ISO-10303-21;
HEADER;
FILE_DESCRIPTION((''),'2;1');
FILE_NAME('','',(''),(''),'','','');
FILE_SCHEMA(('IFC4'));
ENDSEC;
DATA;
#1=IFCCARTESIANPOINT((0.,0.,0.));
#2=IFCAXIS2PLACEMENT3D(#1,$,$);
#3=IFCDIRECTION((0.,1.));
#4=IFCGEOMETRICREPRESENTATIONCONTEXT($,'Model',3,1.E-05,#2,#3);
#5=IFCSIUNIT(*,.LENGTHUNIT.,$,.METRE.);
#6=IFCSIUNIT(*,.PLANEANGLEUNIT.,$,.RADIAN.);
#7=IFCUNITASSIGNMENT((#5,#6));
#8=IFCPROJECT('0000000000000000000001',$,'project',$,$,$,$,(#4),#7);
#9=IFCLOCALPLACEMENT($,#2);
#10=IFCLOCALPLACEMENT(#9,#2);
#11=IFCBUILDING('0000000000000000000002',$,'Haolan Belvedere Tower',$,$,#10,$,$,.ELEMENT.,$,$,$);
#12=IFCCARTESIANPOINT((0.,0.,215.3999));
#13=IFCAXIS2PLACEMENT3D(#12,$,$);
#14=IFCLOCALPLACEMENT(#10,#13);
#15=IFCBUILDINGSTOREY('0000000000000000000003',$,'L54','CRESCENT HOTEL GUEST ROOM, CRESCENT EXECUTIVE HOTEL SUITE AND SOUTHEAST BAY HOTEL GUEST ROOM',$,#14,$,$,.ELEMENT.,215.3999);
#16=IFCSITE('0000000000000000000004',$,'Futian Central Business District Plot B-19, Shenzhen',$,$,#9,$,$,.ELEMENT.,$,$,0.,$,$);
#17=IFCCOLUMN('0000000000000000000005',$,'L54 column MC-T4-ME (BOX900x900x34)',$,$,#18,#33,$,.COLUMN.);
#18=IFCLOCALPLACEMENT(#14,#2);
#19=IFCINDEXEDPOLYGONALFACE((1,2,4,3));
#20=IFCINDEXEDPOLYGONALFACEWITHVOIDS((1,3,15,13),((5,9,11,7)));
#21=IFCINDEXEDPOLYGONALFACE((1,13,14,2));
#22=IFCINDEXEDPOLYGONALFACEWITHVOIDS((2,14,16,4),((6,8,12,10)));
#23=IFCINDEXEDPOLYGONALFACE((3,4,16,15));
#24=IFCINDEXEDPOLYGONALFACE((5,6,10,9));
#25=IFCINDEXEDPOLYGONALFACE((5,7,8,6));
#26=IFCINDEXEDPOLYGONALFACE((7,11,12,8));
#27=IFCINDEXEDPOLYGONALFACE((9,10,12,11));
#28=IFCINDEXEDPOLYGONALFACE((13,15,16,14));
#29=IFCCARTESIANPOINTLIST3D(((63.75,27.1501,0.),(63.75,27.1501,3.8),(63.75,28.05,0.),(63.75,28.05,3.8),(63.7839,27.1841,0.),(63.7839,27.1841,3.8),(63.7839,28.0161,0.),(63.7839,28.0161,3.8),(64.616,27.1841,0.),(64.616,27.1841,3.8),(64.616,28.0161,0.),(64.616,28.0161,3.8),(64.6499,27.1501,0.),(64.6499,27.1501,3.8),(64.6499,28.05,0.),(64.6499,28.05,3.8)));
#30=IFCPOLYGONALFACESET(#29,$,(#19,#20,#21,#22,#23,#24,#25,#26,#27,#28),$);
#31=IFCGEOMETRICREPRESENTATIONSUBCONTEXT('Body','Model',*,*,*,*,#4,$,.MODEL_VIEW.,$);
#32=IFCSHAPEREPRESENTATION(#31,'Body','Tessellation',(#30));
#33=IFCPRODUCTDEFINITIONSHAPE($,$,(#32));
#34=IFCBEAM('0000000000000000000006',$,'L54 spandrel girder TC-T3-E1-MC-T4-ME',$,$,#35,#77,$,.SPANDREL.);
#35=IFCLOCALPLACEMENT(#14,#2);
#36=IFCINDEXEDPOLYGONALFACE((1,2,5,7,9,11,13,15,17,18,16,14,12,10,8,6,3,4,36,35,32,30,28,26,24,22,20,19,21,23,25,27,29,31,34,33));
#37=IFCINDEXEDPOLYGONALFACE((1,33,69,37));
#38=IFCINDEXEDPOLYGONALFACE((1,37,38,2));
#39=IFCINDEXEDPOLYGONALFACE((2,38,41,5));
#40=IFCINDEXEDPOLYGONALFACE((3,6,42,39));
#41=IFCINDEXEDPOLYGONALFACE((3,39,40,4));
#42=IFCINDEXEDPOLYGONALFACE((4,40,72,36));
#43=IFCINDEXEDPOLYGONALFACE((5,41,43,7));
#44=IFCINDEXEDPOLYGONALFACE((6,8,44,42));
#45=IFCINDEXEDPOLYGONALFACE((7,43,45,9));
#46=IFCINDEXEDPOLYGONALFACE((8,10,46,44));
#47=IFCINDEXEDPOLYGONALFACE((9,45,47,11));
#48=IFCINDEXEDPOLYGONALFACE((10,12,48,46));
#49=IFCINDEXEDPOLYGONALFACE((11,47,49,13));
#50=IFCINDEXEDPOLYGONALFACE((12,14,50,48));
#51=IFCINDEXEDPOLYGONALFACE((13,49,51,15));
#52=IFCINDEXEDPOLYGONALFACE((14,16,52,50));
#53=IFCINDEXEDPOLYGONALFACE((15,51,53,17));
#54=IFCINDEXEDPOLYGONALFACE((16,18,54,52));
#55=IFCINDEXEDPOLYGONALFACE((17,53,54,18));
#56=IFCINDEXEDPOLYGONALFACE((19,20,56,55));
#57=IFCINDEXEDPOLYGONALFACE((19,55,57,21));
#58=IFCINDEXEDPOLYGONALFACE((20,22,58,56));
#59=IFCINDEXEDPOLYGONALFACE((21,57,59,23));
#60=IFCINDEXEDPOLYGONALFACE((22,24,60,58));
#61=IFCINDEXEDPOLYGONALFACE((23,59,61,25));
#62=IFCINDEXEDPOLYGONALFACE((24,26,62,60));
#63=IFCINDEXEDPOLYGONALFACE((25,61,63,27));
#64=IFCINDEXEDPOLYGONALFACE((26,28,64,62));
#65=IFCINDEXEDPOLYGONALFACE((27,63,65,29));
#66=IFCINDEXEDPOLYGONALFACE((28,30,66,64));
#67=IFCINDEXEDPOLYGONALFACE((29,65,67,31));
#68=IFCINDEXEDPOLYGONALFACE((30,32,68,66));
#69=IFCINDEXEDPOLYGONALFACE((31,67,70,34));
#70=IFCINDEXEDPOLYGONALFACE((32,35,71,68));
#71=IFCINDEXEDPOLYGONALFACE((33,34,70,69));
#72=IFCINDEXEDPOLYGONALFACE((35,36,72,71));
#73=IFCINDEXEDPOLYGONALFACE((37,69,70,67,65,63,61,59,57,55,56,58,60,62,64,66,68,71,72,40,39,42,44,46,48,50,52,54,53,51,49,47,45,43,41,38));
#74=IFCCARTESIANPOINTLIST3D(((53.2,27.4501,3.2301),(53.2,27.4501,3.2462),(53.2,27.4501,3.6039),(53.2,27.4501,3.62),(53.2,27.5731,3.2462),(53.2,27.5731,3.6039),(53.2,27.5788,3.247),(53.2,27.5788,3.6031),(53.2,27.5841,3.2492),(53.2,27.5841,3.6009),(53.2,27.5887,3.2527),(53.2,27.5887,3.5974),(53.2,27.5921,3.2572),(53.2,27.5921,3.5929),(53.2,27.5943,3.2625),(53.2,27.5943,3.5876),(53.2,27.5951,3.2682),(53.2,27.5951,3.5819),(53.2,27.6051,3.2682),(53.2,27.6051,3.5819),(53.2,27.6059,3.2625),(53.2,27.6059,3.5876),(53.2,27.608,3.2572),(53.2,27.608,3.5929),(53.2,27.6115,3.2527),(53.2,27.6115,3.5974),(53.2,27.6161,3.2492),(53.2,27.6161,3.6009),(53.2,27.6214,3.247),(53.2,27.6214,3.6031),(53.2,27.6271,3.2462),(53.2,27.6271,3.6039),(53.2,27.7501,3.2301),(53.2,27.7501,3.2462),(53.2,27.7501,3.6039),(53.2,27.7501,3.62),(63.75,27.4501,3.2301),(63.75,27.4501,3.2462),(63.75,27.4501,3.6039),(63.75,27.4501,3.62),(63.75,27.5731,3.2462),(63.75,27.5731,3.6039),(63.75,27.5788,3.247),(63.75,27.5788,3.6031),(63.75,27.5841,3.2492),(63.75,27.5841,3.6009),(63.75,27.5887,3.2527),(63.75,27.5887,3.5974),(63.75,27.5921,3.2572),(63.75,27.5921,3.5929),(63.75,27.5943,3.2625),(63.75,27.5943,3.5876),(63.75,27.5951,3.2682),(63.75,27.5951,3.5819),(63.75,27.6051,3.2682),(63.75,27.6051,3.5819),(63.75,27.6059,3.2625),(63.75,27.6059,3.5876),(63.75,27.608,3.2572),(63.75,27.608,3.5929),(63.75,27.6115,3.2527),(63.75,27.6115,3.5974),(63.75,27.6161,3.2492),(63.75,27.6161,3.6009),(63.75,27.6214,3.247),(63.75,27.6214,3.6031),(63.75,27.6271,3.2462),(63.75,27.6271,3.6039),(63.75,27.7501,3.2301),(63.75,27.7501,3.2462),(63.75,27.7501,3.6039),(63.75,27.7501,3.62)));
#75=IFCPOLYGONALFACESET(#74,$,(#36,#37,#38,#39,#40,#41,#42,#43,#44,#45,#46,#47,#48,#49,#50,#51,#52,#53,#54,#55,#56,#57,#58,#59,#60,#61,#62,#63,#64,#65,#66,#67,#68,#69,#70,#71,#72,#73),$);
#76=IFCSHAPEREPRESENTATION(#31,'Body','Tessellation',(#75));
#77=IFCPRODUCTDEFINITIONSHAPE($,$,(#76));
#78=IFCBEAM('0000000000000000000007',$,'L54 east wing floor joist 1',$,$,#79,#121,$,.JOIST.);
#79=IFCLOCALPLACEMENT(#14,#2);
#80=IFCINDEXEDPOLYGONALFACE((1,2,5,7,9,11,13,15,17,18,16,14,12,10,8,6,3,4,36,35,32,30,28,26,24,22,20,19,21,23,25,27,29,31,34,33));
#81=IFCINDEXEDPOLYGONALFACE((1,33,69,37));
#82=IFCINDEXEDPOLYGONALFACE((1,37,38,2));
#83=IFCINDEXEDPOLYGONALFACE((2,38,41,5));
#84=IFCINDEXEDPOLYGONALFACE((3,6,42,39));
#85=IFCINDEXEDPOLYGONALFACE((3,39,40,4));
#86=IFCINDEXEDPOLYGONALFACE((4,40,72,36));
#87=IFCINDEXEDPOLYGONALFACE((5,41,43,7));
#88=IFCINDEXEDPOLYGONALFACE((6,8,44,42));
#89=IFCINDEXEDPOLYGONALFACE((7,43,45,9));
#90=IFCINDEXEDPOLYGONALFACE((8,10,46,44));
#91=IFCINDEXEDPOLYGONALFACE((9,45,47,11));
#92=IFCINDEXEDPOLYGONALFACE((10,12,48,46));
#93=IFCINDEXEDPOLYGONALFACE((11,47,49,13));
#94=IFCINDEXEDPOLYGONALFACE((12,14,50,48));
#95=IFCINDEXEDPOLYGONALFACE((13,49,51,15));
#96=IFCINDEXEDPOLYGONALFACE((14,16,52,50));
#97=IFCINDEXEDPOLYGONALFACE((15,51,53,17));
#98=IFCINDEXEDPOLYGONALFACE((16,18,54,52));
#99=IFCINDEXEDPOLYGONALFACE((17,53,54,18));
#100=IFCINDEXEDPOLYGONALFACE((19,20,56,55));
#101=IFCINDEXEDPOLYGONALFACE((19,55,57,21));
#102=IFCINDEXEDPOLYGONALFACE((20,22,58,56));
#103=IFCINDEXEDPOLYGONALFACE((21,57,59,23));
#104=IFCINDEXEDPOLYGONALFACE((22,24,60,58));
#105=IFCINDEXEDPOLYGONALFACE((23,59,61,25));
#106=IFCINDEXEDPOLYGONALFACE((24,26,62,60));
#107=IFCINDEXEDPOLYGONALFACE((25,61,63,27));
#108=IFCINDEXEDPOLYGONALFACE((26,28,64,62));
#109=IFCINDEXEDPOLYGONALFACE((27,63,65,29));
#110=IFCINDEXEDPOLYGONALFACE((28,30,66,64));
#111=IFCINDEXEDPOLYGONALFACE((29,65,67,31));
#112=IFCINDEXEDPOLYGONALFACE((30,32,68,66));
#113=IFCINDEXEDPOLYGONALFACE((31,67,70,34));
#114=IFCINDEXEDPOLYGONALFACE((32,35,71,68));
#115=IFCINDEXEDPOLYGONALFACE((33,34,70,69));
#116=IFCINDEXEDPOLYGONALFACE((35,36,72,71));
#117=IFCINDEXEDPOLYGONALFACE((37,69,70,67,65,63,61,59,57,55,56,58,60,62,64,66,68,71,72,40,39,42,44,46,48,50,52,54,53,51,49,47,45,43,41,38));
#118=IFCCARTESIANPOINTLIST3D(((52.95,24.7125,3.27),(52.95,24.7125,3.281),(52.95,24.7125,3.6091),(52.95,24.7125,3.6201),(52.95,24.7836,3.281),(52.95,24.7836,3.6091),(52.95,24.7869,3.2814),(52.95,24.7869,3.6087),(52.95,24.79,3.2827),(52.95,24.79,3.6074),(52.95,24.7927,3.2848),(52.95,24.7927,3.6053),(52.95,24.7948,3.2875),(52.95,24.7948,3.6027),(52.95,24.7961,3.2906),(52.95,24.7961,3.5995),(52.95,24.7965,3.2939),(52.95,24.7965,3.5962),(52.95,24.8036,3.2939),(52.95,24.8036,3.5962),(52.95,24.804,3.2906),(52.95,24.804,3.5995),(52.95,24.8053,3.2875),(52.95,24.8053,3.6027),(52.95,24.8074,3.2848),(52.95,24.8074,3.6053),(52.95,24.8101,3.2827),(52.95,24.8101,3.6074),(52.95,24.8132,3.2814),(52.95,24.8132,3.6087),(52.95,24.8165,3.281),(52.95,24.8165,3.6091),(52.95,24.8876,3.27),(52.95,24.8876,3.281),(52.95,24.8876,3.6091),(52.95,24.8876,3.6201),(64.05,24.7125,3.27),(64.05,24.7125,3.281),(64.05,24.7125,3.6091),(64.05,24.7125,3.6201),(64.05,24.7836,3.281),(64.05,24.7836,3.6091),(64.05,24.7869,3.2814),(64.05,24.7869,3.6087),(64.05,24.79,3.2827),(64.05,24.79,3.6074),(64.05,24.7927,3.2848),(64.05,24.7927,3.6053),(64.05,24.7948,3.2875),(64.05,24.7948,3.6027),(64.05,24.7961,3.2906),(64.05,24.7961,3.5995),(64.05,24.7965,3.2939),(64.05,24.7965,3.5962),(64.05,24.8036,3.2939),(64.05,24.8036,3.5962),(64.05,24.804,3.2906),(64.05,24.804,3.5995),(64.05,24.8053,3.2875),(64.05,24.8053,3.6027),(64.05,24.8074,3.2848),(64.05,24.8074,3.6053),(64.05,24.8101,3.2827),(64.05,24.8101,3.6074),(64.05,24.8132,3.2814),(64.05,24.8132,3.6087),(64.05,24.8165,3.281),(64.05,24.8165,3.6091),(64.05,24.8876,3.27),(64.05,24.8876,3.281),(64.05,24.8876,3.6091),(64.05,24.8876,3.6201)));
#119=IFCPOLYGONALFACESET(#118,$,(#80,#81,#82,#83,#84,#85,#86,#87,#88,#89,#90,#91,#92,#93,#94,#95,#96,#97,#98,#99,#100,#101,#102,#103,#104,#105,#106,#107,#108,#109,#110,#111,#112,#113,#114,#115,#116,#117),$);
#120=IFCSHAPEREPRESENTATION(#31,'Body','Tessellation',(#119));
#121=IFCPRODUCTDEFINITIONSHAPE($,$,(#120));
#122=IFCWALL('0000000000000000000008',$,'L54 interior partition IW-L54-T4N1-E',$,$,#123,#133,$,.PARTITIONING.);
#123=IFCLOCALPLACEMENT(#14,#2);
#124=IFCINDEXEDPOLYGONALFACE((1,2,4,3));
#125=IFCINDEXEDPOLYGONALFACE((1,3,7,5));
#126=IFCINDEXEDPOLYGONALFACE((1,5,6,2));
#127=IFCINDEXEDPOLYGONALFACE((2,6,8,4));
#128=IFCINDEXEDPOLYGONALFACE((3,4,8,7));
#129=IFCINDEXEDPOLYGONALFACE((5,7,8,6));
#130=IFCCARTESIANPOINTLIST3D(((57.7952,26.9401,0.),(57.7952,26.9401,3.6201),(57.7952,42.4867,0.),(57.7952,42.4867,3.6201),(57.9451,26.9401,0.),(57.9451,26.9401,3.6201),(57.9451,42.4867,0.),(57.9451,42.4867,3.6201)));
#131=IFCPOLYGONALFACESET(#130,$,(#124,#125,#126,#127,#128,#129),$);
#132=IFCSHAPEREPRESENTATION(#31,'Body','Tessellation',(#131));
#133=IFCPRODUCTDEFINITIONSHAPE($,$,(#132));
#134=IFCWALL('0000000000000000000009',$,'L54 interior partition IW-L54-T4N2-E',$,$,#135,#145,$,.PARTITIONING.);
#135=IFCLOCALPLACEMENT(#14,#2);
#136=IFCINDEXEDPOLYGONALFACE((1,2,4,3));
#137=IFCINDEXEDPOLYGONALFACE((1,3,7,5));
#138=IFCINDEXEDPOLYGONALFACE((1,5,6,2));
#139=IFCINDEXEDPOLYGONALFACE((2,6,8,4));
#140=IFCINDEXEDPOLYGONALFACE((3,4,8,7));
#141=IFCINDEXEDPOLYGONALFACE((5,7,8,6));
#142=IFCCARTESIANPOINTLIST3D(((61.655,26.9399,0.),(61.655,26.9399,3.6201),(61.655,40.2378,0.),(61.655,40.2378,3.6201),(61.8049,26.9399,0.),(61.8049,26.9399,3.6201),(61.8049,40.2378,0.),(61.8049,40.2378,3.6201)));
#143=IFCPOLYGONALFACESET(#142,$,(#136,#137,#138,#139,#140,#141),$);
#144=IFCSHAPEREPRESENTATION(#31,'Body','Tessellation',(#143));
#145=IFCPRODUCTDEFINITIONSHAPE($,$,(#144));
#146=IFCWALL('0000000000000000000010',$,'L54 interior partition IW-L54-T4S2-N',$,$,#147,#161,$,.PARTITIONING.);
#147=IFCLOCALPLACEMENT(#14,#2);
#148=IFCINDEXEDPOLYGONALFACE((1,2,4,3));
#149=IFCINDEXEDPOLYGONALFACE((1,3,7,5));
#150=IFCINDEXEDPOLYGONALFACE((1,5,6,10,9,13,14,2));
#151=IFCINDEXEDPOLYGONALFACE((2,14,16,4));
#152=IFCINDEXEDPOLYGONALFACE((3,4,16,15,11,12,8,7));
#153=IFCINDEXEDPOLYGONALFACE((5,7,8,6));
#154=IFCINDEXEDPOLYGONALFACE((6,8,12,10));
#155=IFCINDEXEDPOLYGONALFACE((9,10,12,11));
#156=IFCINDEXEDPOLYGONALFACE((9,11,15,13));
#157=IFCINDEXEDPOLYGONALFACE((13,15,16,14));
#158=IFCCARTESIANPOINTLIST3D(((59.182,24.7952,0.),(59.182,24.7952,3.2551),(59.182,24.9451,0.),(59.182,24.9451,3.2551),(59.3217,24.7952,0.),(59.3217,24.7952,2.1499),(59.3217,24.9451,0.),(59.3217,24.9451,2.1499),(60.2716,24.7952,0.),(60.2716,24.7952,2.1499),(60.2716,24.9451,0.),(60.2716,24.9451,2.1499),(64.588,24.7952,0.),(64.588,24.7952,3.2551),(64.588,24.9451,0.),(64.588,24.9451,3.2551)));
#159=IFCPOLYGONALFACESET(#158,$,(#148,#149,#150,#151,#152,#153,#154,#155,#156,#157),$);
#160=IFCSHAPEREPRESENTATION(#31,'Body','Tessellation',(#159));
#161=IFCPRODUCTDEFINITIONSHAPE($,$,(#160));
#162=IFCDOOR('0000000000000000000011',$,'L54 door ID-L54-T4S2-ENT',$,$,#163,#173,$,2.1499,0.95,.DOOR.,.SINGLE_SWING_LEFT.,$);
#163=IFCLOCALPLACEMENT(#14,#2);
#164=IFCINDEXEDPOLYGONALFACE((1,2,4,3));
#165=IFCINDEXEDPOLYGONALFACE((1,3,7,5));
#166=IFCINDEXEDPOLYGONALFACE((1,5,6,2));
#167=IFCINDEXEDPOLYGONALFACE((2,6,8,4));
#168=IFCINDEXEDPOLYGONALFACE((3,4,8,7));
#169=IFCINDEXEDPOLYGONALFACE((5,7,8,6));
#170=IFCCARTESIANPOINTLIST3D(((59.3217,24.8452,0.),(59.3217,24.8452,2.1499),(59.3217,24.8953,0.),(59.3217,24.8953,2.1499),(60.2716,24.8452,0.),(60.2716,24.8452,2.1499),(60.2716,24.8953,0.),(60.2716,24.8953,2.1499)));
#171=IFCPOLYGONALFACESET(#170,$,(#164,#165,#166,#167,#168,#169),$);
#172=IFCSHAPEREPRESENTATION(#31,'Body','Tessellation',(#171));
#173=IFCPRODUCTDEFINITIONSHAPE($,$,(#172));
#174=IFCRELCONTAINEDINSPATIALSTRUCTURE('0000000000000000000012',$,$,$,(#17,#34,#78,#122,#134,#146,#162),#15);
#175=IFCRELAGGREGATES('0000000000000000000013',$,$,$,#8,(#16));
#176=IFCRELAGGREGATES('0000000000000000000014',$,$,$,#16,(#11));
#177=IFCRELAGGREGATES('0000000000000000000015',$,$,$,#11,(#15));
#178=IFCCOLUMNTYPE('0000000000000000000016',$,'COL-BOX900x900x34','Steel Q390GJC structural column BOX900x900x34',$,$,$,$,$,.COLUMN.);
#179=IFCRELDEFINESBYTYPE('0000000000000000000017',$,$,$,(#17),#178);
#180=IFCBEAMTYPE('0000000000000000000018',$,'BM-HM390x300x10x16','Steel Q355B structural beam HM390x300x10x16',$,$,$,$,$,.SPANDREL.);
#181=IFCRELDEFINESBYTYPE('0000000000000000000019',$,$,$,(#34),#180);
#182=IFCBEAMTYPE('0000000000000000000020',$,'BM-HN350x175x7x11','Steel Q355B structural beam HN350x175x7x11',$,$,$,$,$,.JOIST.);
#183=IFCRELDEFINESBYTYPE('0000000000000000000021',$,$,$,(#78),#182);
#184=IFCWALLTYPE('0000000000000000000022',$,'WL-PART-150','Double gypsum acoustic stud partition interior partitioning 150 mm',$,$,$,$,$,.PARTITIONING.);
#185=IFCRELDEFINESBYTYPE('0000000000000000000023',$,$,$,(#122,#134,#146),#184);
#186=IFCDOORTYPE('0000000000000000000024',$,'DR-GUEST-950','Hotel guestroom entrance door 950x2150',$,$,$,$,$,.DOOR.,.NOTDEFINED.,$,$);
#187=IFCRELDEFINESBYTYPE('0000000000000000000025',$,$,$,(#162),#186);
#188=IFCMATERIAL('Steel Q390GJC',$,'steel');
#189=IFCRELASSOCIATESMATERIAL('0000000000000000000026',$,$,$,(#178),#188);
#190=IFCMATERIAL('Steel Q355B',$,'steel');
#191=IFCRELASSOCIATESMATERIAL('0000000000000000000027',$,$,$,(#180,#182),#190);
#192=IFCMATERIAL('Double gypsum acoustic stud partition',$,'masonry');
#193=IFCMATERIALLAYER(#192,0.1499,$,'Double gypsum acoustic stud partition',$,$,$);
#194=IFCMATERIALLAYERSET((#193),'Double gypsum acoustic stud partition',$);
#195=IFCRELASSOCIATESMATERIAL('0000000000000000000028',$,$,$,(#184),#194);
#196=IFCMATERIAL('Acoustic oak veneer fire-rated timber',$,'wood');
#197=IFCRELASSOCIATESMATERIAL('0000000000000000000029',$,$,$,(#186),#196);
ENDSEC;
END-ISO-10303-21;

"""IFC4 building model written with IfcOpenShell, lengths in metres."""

from ifc_helpers import new_model, si_unit, direction, frame, frame_2d, origin, origin_2d, place, context, subcontext, project, spatial, rectangle, hollow_rectangle, i_section, extrude, material, layer, layer_set, material_profile, profile_set, type_object, element, fill, save


model = new_model("IFC4")

# Units and contexts
model_context = context("Model", 3, precision=1e-05, world=origin(), true_north=direction((0.0, 1.0)))
body_context = subcontext(model_context, "Body", "Model", "MODEL_VIEW")
ifc_project = project(units=[si_unit("LENGTHUNIT", "METRE"), si_unit("PLANEANGLEUNIT", "RADIAN")], contexts=[model_context])

# Site, building, storey
site_placement = place(None, origin())
site = spatial("IfcSite", under=ifc_project, at=site_placement, Name="Futian Central Business District Plot B-19, Shenzhen", CompositionType="ELEMENT", RefElevation=0.0)
building_placement = place(site_placement, origin())
building = spatial("IfcBuilding", under=site, at=building_placement, Name="Haolan Belvedere Tower", CompositionType="ELEMENT")
storey_placement = place(building_placement, frame((0.0, 0.0, 215.3999)))
storey = spatial("IfcBuildingStorey", under=building, at=storey_placement, Name="L54", Description="CRESCENT HOTEL GUEST ROOM, CRESCENT EXECUTIVE HOTEL SUITE AND SOUTHEAST BAY HOTEL GUEST ROOM", CompositionType="ELEMENT", Elevation=215.3999)

# Column
ifc_material_1 = material(Name="Steel Q390GJC", Category="steel")
ifc_material_profile_1 = material_profile(ifc_material_1, hollow_rectangle(XDim=0.8999, YDim=0.8999, WallThickness=0.0339, at=origin_2d()), Name="Steel Q390GJC")
ifc_profile_set_1 = profile_set([ifc_material_profile_1], Name="Steel Q390GJC")
column_type = type_object("IfcColumnType", Name="COL-BOX900x900x34", Description="Steel Q390GJC structural column BOX900x900x34", PredefinedType="COLUMN", material=ifc_profile_set_1)
column_placement = place(storey_placement, frame((64.2, 27.6001, 0.0), z_axis=(0.0, 0.0, 1.0), x_axis=(1.0, 0.0, 0.0)))
element("IfcColumn", 1, at=column_placement, inside=storey, type_object=column_type, Name="L54 column MC-T4-ME (BOX900x900x34)", PredefinedType="COLUMN", context=body_context, shape_type="SweptSolid", body=[
    extrude(hollow_rectangle(XDim=0.8999, YDim=0.8999, WallThickness=0.0339, at=origin_2d()), origin(), (0.0, 0.0, 1.0), 3.8),
])

# Beams
ifc_material_2 = material(Name="Steel Q355B", Category="steel")
ifc_material_profile_2 = material_profile(ifc_material_2, i_section(OverallWidth=0.3, OverallDepth=0.3899, WebThickness=0.01, FlangeThickness=0.0161, FilletRadius=0.022, at=origin_2d()), Name="Steel Q355B")
ifc_profile_set_2 = profile_set([ifc_material_profile_2], Name="Steel Q355B")
beam_type_1 = type_object("IfcBeamType", Name="BM-HM390x300x10x16", Description="Steel Q355B structural beam HM390x300x10x16", PredefinedType="SPANDREL", material=ifc_profile_set_2)
beam_1_placement = place(storey_placement, frame((53.2, 27.6001, 3.425), z_axis=(1.0, 0.0, 0.0), x_axis=(0.0, 1.0, 0.0)))
element("IfcBeam", 2, at=beam_1_placement, inside=storey, type_object=beam_type_1, Name="L54 spandrel girder TC-T3-E1-MC-T4-ME", PredefinedType="SPANDREL", context=body_context, shape_type="SweptSolid", body=[
    extrude(i_section(OverallWidth=0.3, OverallDepth=0.3899, WebThickness=0.01, FlangeThickness=0.0161, FilletRadius=0.022, at=origin_2d()), origin(), (0.0, 0.0, 1.0), 10.55),
])
ifc_material_profile_3 = material_profile(ifc_material_2, i_section(OverallWidth=0.175, OverallDepth=0.3501, WebThickness=0.0071, FlangeThickness=0.011, FilletRadius=0.0129, at=origin_2d()), Name="Steel Q355B")
ifc_profile_set_3 = profile_set([ifc_material_profile_3], Name="Steel Q355B")
beam_type_2 = type_object("IfcBeamType", Name="BM-HN350x175x7x11", Description="Steel Q355B structural beam HN350x175x7x11", PredefinedType="JOIST", material=ifc_profile_set_3)
beam_2_placement = place(storey_placement, frame((52.95, 24.8, 3.4451), z_axis=(1.0, 0.0, 0.0), x_axis=(0.0, 1.0, 0.0)))
element("IfcBeam", 3, at=beam_2_placement, inside=storey, type_object=beam_type_2, Name="L54 east wing floor joist 1", PredefinedType="JOIST", context=body_context, shape_type="SweptSolid", body=[
    extrude(i_section(OverallWidth=0.175, OverallDepth=0.3501, WebThickness=0.0071, FlangeThickness=0.011, FilletRadius=0.0129, at=origin_2d()), origin(), (0.0, 0.0, 1.0), 11.1001),
])

# Wall
ifc_material_3 = material(Name="Double gypsum acoustic stud partition", Category="masonry")
ifc_layer_1 = layer(ifc_material_3, 0.1499, Name="Double gypsum acoustic stud partition")
ifc_layer_set_1 = layer_set([ifc_layer_1], Name="Double gypsum acoustic stud partition")
wall_type_1 = type_object("IfcWallType", Name="WL-PART-150", Description="Double gypsum acoustic stud partition interior partitioning 150 mm", PredefinedType="PARTITIONING", material=ifc_layer_set_1)
wall_1_placement = place(storey_placement, frame((57.8701, 26.9399, 0.0), z_axis=(0.0, 0.0, 1.0), x_axis=(0.0, 1.0, 0.0)))
element("IfcWall", 4, at=wall_1_placement, inside=storey, type_object=wall_type_1, Name="L54 interior partition IW-L54-T4N1-E", PredefinedType="PARTITIONING", context=body_context, shape_type="SweptSolid", body=[
    extrude(rectangle(XDim=15.5466, YDim=0.1499, at=frame_2d((7.7734, 0.0))), origin(), (0.0, 0.0, 1.0), 3.6201),
])

# Shared definitions
ifc_material_4 = material(Name="Acoustic oak veneer fire-rated timber", Category="wood")
door_type_1 = type_object("IfcDoorType", Name="DR-GUEST-950", Description="Hotel guestroom entrance door 950x2150", OperationType="NOTDEFINED", PredefinedType="DOOR", material=ifc_material_4)

# Wall
wall_2_placement = place(storey_placement, frame((61.73, 26.9399, 0.0), z_axis=(0.0, 0.0, 1.0), x_axis=(0.0, 1.0, 0.0)))
element("IfcWall", 5, at=wall_2_placement, inside=storey, type_object=wall_type_1, Name="L54 interior partition IW-L54-T4N2-E", PredefinedType="PARTITIONING", context=body_context, shape_type="SweptSolid", body=[
    extrude(rectangle(XDim=13.2979, YDim=0.1499, at=frame_2d((6.6489, 0.0))), origin(), (0.0, 0.0, 1.0), 3.6201),
])

# Wall, opening, door
wall_3_placement = place(storey_placement, frame((59.1819, 24.8701, 0.0), z_axis=(0.0, 0.0, 1.0), x_axis=(1.0, 0.0, 0.0)))
wall_3 = element("IfcWall", 6, at=wall_3_placement, inside=storey, type_object=wall_type_1, Name="L54 interior partition IW-L54-T4S2-N", PredefinedType="PARTITIONING", context=body_context, shape_type="SweptSolid", body=[
    extrude(rectangle(XDim=5.406, YDim=0.1499, at=frame_2d((2.7031, 0.0))), origin(), (0.0, 0.0, 1.0), 3.2551),
])
opening_1_placement = place(wall_3_placement, frame((1.0898, 0.0, 0.0), z_axis=(0.0, 0.0, 1.0), x_axis=(-1.0, 0.0, 0.0)))
opening_1 = element("IfcOpeningElement", 7, at=opening_1_placement, cuts=wall_3, PredefinedType="OPENING", context=body_context, shape_type="SweptSolid", body=[
    extrude(rectangle(XDim=0.95, YDim=2.1499, at=frame_2d((0.4751, 1.075))), frame((0.0, 0.085, 0.0), z_axis=(0.0, -1.0, 0.0), x_axis=(1.0, 0.0, 0.0)), (0.0, 0.0, 1.0), 0.1699),
])
door_1_placement = place(opening_1_placement, origin())
door_1 = element("IfcDoor", 8, at=door_1_placement, inside=storey, type_object=door_type_1, Name="L54 door ID-L54-T4S2-ENT", OperationType="SINGLE_SWING_LEFT", OverallHeight=2.1499, OverallWidth=0.95, PredefinedType="DOOR", context=body_context, shape_type="SweptSolid", body=[
    extrude(rectangle(XDim=0.95, YDim=2.1499, at=frame_2d((0.4751, 1.075))), frame((0.0, 0.0249, 0.0), z_axis=(0.0, -1.0, 0.0), x_axis=(1.0, 0.0, 0.0)), (0.0, 0.0, 1.0), 0.05),
])
fill(opening_1, door_1)

save(model, "model.ifc")
